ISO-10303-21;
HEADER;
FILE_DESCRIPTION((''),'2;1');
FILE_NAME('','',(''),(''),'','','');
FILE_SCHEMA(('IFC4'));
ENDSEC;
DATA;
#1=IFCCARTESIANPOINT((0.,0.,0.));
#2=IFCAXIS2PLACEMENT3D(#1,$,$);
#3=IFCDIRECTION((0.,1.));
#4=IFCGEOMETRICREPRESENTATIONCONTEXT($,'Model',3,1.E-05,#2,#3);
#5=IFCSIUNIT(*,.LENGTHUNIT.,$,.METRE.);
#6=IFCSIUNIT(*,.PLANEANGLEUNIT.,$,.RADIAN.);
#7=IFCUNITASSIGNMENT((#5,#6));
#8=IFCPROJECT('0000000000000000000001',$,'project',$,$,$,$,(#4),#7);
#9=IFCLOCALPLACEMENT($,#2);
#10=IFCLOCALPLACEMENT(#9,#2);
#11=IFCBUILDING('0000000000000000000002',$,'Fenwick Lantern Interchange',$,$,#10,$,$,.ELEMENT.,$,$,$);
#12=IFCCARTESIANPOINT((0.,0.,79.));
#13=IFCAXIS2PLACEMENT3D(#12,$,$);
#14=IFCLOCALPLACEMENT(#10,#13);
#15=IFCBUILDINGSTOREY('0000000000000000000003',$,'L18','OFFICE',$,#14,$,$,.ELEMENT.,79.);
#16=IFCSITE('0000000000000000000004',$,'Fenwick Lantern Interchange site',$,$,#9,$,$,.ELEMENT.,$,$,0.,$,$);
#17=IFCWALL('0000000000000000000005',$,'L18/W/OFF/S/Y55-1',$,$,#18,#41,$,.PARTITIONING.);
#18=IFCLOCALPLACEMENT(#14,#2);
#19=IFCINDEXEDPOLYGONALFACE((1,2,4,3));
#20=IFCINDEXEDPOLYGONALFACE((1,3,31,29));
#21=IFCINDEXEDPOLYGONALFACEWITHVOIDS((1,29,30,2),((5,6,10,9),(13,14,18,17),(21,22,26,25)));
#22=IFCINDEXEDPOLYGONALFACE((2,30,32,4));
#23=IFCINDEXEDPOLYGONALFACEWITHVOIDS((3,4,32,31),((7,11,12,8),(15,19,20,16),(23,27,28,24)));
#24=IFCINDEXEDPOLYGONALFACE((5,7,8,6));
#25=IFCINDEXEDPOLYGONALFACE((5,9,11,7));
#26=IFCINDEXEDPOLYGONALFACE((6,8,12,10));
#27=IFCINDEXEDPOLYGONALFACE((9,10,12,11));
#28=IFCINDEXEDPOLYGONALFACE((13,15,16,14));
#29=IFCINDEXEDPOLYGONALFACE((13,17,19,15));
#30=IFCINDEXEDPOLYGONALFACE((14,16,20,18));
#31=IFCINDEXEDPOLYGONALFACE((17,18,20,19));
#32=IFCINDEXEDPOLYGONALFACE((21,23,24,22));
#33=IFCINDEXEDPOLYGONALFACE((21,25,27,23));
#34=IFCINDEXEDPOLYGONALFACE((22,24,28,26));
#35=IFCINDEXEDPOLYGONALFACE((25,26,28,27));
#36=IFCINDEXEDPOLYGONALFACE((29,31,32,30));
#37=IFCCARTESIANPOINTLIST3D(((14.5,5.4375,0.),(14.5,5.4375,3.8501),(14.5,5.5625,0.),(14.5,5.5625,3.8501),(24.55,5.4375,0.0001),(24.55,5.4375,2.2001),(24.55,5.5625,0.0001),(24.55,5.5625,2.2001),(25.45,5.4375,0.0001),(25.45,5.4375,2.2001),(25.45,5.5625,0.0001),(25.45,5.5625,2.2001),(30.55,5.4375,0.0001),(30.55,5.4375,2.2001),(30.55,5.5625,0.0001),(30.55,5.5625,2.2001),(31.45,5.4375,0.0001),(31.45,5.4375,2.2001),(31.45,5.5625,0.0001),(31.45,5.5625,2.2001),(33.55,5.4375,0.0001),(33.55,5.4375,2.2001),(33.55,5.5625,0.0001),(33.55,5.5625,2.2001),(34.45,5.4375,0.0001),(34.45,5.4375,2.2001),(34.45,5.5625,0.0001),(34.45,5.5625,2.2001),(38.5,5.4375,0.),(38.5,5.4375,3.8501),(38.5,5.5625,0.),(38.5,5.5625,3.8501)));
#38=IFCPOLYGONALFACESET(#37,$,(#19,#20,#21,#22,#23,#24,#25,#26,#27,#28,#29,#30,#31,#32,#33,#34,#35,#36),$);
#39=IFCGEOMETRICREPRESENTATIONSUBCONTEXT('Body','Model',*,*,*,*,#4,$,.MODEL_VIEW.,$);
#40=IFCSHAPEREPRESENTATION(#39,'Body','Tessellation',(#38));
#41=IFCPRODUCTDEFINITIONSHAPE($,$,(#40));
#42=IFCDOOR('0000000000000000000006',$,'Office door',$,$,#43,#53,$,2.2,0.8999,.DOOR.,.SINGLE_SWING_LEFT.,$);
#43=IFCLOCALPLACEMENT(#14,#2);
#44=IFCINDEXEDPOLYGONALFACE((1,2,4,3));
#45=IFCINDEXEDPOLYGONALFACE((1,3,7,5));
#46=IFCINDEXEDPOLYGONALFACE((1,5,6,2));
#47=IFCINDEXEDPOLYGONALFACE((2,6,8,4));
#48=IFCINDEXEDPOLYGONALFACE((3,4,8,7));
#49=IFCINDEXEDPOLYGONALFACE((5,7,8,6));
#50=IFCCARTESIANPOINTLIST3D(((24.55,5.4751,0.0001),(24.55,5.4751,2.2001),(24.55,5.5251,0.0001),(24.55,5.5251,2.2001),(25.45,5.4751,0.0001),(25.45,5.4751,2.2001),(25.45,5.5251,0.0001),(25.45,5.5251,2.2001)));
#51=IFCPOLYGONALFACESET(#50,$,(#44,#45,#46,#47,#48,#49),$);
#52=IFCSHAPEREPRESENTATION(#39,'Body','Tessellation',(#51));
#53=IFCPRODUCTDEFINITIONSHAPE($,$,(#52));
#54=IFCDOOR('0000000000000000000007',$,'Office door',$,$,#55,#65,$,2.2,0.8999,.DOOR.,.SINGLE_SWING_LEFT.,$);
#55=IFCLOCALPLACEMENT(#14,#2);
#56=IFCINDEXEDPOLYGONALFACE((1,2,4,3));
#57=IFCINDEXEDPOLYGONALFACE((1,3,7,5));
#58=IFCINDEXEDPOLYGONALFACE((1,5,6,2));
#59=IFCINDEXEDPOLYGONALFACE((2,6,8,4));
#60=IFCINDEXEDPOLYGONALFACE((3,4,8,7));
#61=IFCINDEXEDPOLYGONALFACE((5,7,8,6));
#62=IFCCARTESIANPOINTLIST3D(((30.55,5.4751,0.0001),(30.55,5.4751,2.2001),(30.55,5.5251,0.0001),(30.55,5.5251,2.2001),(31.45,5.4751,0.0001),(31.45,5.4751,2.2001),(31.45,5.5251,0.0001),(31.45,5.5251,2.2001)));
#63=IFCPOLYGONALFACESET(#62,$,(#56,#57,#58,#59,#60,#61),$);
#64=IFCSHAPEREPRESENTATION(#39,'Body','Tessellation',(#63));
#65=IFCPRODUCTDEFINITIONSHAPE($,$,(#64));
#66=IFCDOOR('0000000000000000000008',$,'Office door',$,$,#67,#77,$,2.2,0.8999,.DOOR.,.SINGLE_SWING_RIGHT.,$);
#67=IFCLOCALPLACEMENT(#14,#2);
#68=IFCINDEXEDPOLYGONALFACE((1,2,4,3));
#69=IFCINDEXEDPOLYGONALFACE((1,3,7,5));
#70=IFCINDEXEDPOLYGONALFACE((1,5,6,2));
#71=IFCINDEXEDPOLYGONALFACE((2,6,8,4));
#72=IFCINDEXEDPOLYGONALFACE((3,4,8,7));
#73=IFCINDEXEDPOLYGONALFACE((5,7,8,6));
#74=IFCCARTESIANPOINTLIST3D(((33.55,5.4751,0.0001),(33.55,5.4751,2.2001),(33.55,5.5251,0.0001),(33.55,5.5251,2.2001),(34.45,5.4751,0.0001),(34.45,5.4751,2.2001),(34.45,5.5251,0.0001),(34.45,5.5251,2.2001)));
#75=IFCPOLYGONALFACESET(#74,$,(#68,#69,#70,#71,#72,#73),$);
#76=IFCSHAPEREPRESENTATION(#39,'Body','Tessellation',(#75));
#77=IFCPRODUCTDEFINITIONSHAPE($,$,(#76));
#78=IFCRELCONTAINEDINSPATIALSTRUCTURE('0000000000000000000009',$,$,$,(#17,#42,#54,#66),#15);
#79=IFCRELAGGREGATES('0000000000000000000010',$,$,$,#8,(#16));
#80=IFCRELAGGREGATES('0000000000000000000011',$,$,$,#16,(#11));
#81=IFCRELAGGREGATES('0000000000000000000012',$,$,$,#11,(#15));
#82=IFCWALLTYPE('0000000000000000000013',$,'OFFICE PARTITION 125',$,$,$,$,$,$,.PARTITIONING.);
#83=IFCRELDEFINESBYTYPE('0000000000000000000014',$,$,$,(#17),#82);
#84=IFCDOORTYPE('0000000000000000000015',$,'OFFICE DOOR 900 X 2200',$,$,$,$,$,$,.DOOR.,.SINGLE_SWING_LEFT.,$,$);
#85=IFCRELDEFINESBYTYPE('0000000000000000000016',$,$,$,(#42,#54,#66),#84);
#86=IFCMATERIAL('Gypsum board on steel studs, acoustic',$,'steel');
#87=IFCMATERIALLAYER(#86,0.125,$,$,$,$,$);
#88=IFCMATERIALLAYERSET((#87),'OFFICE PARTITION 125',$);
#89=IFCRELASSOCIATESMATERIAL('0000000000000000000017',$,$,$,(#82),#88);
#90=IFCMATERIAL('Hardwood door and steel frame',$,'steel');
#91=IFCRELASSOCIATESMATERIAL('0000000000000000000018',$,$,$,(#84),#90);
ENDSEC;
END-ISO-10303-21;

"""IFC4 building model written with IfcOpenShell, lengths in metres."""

from ifc_helpers import new_model, si_unit, direction, frame, frame_2d, origin, place, context, subcontext, project, spatial, rectangle, extrude, material, layer, layer_set, type_object, element, fill, save


model = new_model("IFC4")

# Units and contexts
model_context = context("Model", 3, precision=1e-05, world=origin(), true_north=direction((0.0, 1.0)))
body_context = subcontext(model_context, "Body", "Model", "MODEL_VIEW")
ifc_project = project(units=[si_unit("LENGTHUNIT", "METRE"), si_unit("PLANEANGLEUNIT", "RADIAN")], contexts=[model_context])

# Site, building, storey
site_placement = place(None, origin())
site = spatial("IfcSite", under=ifc_project, at=site_placement, Name="Fenwick Lantern Interchange site", CompositionType="ELEMENT", RefElevation=0.0)
building_placement = place(site_placement, origin())
building = spatial("IfcBuilding", under=site, at=building_placement, Name="Fenwick Lantern Interchange", CompositionType="ELEMENT")
storey_placement = place(building_placement, frame((0.0, 0.0, 79.0)))
storey = spatial("IfcBuildingStorey", under=building, at=storey_placement, Name="L18", Description="OFFICE", CompositionType="ELEMENT", Elevation=79.0)

# Shared definitions
ifc_material_1 = material(Name="Gypsum board on steel studs, acoustic", Category="steel")
ifc_layer_1 = layer(ifc_material_1, 0.125)
ifc_layer_set_1 = layer_set([ifc_layer_1], Name="OFFICE PARTITION 125")
wall_type = type_object("IfcWallType", Name="OFFICE PARTITION 125", PredefinedType="PARTITIONING", material=ifc_layer_set_1)
ifc_material_2 = material(Name="Hardwood door and steel frame", Category="steel")
door_type = type_object("IfcDoorType", Name="OFFICE DOOR 900 X 2200", OperationType="SINGLE_SWING_LEFT", PredefinedType="DOOR", material=ifc_material_2)

# Wall, openings, doors
wall_1_placement = place(storey_placement, frame((14.5, 5.5, 0.0), z_axis=(0.0, 0.0, 1.0), x_axis=(1.0, 0.0, 0.0)))
wall_1 = element("IfcWall", 1, at=wall_1_placement, inside=storey, type_object=wall_type, Name="L18/W/OFF/S/Y55-1", PredefinedType="PARTITIONING", context=body_context, shape_type="SweptSolid", body=[
    extrude(rectangle(XDim=24.0, YDim=0.125, at=frame_2d((12.0, 0.0))), origin(), (0.0, 0.0, 1.0), 3.8501),
])
opening_1_placement = place(wall_1_placement, frame((10.05, 0.0, 0.0)))
opening_1 = element("IfcOpeningElement", 2, at=opening_1_placement, cuts=wall_1, PredefinedType="OPENING", context=body_context, shape_type="SweptSolid", body=[
    extrude(rectangle(XDim=0.8999, YDim=2.2, at=frame_2d((0.45, 1.1001))), frame((0.0, 0.0725, 0.0), z_axis=(0.0, -1.0, 0.0), x_axis=(1.0, 0.0, 0.0)), (0.0, 0.0, 1.0), 0.145),
])
opening_2_placement = place(wall_1_placement, frame((16.05, 0.0, 0.0)))
opening_2 = element("IfcOpeningElement", 3, at=opening_2_placement, cuts=wall_1, PredefinedType="OPENING", context=body_context, shape_type="SweptSolid", body=[
    extrude(rectangle(XDim=0.8999, YDim=2.2, at=frame_2d((0.45, 1.1001))), frame((0.0, 0.0725, 0.0), z_axis=(0.0, -1.0, 0.0), x_axis=(1.0, 0.0, 0.0)), (0.0, 0.0, 1.0), 0.145),
])
opening_3_placement = place(wall_1_placement, frame((19.05, 0.0, 0.0)))
opening_3 = element("IfcOpeningElement", 4, at=opening_3_placement, cuts=wall_1, PredefinedType="OPENING", context=body_context, shape_type="SweptSolid", body=[
    extrude(rectangle(XDim=0.8999, YDim=2.2, at=frame_2d((0.45, 1.1001))), frame((0.0, 0.0725, 0.0), z_axis=(0.0, -1.0, 0.0), x_axis=(1.0, 0.0, 0.0)), (0.0, 0.0, 1.0), 0.145),
])
door_1_placement = place(opening_1_placement, frame((0.8999, 0.0, 0.0), z_axis=(0.0, 0.0, 1.0), x_axis=(-1.0, 0.0, 0.0)))
door_1 = element("IfcDoor", 5, at=door_1_placement, inside=storey, type_object=door_type, Name="Office door", OperationType="SINGLE_SWING_LEFT", OverallHeight=2.2, OverallWidth=0.8999, PredefinedType="DOOR", context=body_context, shape_type="SweptSolid", body=[
    extrude(rectangle(XDim=0.8999, YDim=2.2, at=frame_2d((0.45, 1.1001))), frame((0.0, 0.0249, 0.0), z_axis=(0.0, -1.0, 0.0), x_axis=(1.0, 0.0, 0.0)), (0.0, 0.0, 1.0), 0.05),
])
fill(opening_1, door_1)
door_2_placement = place(opening_2_placement, frame((0.8999, 0.0, 0.0), z_axis=(0.0, 0.0, 1.0), x_axis=(-1.0, 0.0, 0.0)))
door_2 = element("IfcDoor", 6, at=door_2_placement, inside=storey, type_object=door_type, Name="Office door", OperationType="SINGLE_SWING_LEFT", OverallHeight=2.2, OverallWidth=0.8999, PredefinedType="DOOR", context=body_context, shape_type="SweptSolid", body=[
    extrude(rectangle(XDim=0.8999, YDim=2.2, at=frame_2d((0.45, 1.1001))), frame((0.0, 0.0249, 0.0), z_axis=(0.0, -1.0, 0.0), x_axis=(1.0, 0.0, 0.0)), (0.0, 0.0, 1.0), 0.05),
])
fill(opening_2, door_2)
door_3_placement = place(opening_3_placement, frame((0.8999, 0.0, 0.0), z_axis=(0.0, 0.0, 1.0), x_axis=(-1.0, 0.0, 0.0)))
door_3 = element("IfcDoor", 7, at=door_3_placement, inside=storey, type_object=door_type, Name="Office door", OperationType="SINGLE_SWING_RIGHT", OverallHeight=2.2, OverallWidth=0.8999, PredefinedType="DOOR", context=body_context, shape_type="SweptSolid", body=[
    extrude(rectangle(XDim=0.8999, YDim=2.2, at=frame_2d((0.45, 1.1001))), frame((0.0, 0.0249, 0.0), z_axis=(0.0, -1.0, 0.0), x_axis=(1.0, 0.0, 0.0)), (0.0, 0.0, 1.0), 0.05),
])
fill(opening_3, door_3)

save(model, "model.ifc")
